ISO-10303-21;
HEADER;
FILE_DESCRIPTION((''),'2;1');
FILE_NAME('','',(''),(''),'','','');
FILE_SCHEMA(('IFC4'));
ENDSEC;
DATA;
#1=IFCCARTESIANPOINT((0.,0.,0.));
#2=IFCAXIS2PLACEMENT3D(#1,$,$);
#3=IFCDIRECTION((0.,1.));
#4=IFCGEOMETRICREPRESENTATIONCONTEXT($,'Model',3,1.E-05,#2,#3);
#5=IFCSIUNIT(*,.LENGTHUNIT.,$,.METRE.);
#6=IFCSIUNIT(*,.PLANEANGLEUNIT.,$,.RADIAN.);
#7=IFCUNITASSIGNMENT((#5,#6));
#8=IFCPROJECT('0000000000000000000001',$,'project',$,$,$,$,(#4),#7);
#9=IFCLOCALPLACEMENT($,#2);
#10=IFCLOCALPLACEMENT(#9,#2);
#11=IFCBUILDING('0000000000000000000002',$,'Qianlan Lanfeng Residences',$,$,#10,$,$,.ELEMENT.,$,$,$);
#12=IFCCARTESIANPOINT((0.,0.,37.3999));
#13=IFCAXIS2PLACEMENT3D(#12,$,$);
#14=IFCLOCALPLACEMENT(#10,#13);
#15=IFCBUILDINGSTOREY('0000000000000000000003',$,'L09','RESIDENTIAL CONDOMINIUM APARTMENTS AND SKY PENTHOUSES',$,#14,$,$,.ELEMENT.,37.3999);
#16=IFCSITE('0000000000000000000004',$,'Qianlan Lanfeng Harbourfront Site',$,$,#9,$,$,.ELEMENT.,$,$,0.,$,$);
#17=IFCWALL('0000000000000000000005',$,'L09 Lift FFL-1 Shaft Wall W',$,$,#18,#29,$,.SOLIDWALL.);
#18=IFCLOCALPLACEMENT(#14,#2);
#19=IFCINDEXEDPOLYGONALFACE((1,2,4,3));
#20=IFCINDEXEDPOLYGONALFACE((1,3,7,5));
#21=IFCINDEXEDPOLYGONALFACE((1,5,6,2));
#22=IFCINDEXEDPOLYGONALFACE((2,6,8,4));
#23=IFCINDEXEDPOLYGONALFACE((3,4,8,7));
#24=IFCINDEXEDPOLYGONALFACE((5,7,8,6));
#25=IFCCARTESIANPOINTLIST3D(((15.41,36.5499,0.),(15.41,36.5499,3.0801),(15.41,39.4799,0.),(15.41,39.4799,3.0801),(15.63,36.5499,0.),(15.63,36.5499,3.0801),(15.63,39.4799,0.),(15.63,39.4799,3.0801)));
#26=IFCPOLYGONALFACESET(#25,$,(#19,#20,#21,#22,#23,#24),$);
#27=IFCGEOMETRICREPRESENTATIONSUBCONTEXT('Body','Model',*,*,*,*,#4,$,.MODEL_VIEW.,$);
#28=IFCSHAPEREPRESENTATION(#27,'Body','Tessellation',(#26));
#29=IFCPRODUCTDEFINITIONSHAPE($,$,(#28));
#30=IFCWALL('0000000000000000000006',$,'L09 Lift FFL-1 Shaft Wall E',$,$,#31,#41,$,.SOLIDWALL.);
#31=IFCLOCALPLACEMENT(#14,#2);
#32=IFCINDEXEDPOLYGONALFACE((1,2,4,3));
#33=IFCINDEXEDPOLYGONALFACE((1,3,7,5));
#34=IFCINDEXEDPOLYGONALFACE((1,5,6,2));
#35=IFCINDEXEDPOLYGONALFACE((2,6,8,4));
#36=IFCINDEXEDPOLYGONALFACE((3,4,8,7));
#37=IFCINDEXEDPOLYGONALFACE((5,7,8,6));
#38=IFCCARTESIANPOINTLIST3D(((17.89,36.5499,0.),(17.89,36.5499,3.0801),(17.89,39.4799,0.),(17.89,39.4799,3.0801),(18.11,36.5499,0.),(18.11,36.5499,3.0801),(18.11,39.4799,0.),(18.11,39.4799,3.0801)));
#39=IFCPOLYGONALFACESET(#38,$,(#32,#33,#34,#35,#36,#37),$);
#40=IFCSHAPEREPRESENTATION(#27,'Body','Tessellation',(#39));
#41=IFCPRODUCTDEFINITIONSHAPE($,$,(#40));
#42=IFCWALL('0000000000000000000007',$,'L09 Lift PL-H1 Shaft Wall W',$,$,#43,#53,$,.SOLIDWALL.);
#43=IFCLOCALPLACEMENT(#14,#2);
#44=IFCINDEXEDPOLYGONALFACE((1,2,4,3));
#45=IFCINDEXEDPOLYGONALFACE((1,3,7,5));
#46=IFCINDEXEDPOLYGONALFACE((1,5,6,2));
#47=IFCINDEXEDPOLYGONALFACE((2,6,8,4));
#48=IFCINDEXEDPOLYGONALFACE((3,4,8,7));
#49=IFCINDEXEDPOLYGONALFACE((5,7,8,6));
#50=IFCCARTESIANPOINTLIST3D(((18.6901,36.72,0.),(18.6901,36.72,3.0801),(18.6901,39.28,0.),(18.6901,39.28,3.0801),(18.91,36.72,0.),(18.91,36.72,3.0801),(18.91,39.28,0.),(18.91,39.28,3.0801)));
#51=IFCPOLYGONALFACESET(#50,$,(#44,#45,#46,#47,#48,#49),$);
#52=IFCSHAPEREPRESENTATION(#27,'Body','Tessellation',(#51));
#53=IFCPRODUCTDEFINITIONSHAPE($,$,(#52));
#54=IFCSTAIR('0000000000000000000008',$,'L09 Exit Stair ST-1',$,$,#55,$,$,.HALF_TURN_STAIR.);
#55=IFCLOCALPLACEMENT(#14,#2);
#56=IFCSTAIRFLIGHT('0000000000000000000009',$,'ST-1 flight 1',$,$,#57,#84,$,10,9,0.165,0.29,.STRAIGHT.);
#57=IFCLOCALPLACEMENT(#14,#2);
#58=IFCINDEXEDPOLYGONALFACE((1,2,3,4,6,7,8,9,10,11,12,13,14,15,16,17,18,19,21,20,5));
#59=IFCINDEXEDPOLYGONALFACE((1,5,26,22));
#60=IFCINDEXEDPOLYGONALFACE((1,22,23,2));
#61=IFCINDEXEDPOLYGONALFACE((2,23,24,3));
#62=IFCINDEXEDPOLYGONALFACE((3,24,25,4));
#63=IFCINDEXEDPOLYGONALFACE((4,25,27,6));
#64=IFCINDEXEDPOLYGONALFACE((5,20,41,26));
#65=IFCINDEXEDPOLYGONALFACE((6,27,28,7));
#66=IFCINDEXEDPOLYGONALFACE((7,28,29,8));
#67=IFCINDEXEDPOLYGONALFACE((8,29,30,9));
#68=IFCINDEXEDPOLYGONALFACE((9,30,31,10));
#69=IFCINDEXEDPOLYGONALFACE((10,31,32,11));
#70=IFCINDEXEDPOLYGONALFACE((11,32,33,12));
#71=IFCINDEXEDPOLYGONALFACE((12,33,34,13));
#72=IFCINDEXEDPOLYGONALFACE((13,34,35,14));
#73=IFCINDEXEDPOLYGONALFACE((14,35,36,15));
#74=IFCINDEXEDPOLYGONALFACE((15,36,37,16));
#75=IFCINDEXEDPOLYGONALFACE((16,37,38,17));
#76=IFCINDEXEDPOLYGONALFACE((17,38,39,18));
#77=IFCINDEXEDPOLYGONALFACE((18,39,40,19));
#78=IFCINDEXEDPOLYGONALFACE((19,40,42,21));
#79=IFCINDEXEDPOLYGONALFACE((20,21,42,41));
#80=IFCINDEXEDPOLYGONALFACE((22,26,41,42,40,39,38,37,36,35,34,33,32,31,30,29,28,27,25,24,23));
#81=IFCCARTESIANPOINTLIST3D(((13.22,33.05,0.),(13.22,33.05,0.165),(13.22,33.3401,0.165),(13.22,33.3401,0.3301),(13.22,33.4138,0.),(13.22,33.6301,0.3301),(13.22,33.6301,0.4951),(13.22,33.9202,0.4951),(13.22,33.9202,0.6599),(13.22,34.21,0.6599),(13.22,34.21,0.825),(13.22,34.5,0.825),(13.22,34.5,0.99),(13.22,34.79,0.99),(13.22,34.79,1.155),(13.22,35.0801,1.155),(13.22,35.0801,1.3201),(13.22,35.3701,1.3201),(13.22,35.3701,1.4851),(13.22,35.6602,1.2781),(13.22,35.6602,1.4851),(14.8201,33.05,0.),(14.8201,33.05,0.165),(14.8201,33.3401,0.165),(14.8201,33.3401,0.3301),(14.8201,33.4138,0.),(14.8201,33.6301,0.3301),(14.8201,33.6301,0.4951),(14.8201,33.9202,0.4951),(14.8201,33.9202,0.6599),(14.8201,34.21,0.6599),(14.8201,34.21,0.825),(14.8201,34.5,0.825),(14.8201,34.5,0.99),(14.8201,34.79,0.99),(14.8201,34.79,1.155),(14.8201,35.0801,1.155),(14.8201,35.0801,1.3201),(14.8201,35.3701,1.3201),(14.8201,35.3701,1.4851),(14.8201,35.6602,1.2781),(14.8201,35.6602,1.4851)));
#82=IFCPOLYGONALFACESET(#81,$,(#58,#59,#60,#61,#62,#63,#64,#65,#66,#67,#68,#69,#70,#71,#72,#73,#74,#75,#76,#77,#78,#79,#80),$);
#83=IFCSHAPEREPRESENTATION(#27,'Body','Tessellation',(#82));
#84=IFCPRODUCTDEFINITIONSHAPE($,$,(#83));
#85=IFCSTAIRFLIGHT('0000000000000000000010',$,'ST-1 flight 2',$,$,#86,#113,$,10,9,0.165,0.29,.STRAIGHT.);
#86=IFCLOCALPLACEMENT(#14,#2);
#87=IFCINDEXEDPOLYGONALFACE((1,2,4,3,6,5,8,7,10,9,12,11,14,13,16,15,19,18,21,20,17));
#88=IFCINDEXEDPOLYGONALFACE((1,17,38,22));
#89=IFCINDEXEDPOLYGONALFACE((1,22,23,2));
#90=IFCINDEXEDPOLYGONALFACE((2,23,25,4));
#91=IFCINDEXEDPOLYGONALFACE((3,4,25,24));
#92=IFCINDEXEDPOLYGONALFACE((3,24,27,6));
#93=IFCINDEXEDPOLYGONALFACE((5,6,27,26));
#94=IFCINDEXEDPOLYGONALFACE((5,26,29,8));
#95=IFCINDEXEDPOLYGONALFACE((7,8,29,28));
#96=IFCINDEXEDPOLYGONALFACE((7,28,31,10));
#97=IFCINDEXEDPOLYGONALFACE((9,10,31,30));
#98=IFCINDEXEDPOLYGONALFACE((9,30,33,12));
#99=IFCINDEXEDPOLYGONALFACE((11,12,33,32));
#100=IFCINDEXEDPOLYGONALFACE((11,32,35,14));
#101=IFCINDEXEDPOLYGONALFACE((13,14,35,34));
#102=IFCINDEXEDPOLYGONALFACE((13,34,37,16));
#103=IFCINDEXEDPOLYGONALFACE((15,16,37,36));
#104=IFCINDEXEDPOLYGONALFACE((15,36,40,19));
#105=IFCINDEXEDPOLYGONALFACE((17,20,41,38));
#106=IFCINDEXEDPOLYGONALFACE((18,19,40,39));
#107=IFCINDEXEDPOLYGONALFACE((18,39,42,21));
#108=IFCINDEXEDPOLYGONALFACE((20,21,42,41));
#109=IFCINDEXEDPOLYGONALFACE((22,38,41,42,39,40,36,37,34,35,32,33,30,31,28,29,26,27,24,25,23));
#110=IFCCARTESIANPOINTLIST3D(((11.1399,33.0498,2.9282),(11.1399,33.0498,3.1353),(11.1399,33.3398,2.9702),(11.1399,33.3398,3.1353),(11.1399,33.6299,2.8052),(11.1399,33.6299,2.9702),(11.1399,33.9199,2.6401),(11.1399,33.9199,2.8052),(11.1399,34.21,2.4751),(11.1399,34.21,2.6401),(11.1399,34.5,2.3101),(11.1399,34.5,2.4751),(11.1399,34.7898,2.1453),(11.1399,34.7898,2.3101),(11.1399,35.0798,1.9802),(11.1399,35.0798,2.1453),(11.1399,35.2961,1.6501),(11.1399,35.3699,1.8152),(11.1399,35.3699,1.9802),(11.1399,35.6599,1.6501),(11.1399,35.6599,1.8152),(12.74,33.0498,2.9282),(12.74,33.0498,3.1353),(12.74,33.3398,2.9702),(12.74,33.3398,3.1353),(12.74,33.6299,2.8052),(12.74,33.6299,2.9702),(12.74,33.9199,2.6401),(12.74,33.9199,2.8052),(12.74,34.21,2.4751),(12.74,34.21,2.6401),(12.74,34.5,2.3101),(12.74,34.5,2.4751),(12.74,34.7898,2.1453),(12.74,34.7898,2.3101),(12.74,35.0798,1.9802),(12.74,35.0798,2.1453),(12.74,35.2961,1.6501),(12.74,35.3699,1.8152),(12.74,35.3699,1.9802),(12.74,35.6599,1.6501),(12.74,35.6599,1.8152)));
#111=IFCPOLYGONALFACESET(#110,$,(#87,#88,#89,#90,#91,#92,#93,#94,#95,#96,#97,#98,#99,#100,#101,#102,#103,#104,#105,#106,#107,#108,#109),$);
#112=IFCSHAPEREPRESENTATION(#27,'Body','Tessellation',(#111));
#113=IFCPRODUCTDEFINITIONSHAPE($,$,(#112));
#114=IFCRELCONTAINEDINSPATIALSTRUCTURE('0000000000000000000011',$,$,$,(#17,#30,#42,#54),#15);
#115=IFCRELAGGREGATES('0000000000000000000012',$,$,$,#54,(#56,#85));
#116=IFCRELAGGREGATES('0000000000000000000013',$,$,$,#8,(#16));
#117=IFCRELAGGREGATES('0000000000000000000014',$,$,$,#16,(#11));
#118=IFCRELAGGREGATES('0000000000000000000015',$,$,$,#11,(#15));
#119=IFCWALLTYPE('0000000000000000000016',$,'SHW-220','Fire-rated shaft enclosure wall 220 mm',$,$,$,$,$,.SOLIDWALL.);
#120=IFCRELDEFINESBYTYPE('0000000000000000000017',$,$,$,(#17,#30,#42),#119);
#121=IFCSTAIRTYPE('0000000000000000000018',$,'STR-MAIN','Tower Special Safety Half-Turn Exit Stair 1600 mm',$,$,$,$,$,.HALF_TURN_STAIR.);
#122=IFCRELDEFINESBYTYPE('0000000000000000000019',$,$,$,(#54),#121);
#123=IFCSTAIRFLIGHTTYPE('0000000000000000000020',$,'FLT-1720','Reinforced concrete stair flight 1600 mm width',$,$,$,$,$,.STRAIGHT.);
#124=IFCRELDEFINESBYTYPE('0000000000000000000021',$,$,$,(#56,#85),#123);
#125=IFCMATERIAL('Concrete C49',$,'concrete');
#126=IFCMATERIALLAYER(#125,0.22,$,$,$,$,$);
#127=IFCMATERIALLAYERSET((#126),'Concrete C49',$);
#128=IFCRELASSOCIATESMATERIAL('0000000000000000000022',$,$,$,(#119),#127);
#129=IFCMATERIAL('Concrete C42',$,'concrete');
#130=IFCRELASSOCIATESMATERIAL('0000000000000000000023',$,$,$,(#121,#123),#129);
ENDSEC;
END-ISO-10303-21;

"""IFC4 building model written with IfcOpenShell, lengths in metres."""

from ifc_helpers import new_model, si_unit, direction, frame, frame_2d, origin, place, context, subcontext, project, spatial, polyline, rectangle, outline, extrude, material, layer, layer_set, type_object, element, aggregate, save


model = new_model("IFC4")

# Units and contexts
model_context = context("Model", 3, precision=1e-05, world=origin(), true_north=direction((0.0, 1.0)))
body_context = subcontext(model_context, "Body", "Model", "MODEL_VIEW")
ifc_project = project(units=[si_unit("LENGTHUNIT", "METRE"), si_unit("PLANEANGLEUNIT", "RADIAN")], contexts=[model_context])

# Site, building, storey
site_placement = place(None, origin())
site = spatial("IfcSite", under=ifc_project, at=site_placement, Name="Qianlan Lanfeng Harbourfront Site", CompositionType="ELEMENT", RefElevation=0.0)
building_placement = place(site_placement, origin())
building = spatial("IfcBuilding", under=site, at=building_placement, Name="Qianlan Lanfeng Residences", CompositionType="ELEMENT")
storey_placement = place(building_placement, frame((0.0, 0.0, 37.3999)))
storey = spatial("IfcBuildingStorey", under=building, at=storey_placement, Name="L09", Description="RESIDENTIAL CONDOMINIUM APARTMENTS AND SKY PENTHOUSES", CompositionType="ELEMENT", Elevation=37.3999)

# Walls
ifc_material_1 = material(Name="Concrete C49", Category="concrete")
ifc_layer_1 = layer(ifc_material_1, 0.22)
ifc_layer_set_1 = layer_set([ifc_layer_1], Name="Concrete C49")
wall_type_1 = type_object("IfcWallType", Name="SHW-220", Description="Fire-rated shaft enclosure wall 220 mm", PredefinedType="SOLIDWALL", material=ifc_layer_set_1)
for number, where, z_axis, x_axis, name in (
    (1, (15.52, 36.55, 0.0), (0.0, 0.0, 1.0), (0.0, 1.0, 0.0), "L09 Lift FFL-1 Shaft Wall W"),
    (2, (18.0, 36.55, 0.0), (0.0, 0.0, 1.0), (0.0, 1.0, 0.0), "L09 Lift FFL-1 Shaft Wall E"),
):
    element("IfcWall", number, at=place(storey_placement, frame(where, z_axis=z_axis, x_axis=x_axis)), inside=storey, type_object=wall_type_1, Name=name, PredefinedType="SOLIDWALL", context=body_context, shape_type="SweptSolid", body=[
        extrude(rectangle(XDim=2.9299, YDim=0.22, at=frame_2d((1.4648, 0.0))), origin(), (0.0, 0.0, 1.0), 3.0801),
    ])
wall_1_placement = place(storey_placement, frame((18.8, 36.72, 0.0), z_axis=(0.0, 0.0, 1.0), x_axis=(0.0, 1.0, 0.0)))
element("IfcWall", 3, at=wall_1_placement, inside=storey, type_object=wall_type_1, Name="L09 Lift PL-H1 Shaft Wall W", PredefinedType="SOLIDWALL", context=body_context, shape_type="SweptSolid", body=[
    extrude(rectangle(XDim=2.5601, YDim=0.22, at=frame_2d((1.28, 0.0))), origin(), (0.0, 0.0, 1.0), 3.0801),
])

# Stair, stair flights
ifc_material_2 = material(Name="Concrete C42", Category="concrete")
stair_type = type_object("IfcStairType", Name="STR-MAIN", Description="Tower Special Safety Half-Turn Exit Stair 1600 mm", PredefinedType="HALF_TURN_STAIR", material=ifc_material_2)
stair_placement = place(storey_placement, origin())
stair = element("IfcStair", 4, at=stair_placement, inside=storey, type_object=stair_type, Name="L09 Exit Stair ST-1", PredefinedType="HALF_TURN_STAIR")
stair_flight_type = type_object("IfcStairFlightType", Name="FLT-1720", Description="Reinforced concrete stair flight 1600 mm width", PredefinedType="STRAIGHT", material=ifc_material_2)
stair_flight_1_placement = place(storey_placement, frame((14.02, 33.05, 0.0), z_axis=(0.0, 0.0, 1.0), x_axis=(0.0, 1.0, 0.0)))
stair_flight_1 = element("IfcStairFlight", 5, at=stair_flight_1_placement, type_object=stair_flight_type, Name="ST-1 flight 1", NumberOfRisers=10, NumberOfTreads=9, PredefinedType="STRAIGHT", RiserHeight=0.165, TreadLength=0.29, context=body_context, shape_type="SweptSolid", body=[
    extrude(outline(polyline([(0.0, 0.0), (0.0, 0.165), (0.29, 0.165), (0.29, 0.3301), (0.5801, 0.3301), (0.5801, 0.4951), (0.8701, 0.4951), (0.8701, 0.6599), (1.1599, 0.6599), (1.1599, 0.825), (1.45, 0.825), (1.45, 0.99), (1.74, 0.99), (1.74, 1.155), (2.03, 1.155), (2.03, 1.3201), (2.3201, 1.3201), (2.3201, 1.4851), (2.6101, 1.4851), (2.6101, 1.6499), (2.6101, 1.2781), (0.3638, 0.0), (0.0, 0.0)])), frame((0.0, 0.8, 0.0), z_axis=(0.0, -1.0, 0.0), x_axis=(1.0, 0.0, 0.0)), (0.0, 0.0, 1.0), 1.6001),
])
stair_flight_2_placement = place(storey_placement, frame((11.9399, 35.6599, 1.6501), z_axis=(0.0, 0.0, 1.0), x_axis=(0.0, -1.0, 0.0)))
stair_flight_2 = element("IfcStairFlight", 6, at=stair_flight_2_placement, type_object=stair_flight_type, Name="ST-1 flight 2", NumberOfRisers=10, NumberOfTreads=9, PredefinedType="STRAIGHT", RiserHeight=0.165, TreadLength=0.29, context=body_context, shape_type="SweptSolid", body=[
    extrude(outline(polyline([(0.0, 0.0), (0.0, 0.165), (0.29, 0.165), (0.29, 0.3301), (0.5801, 0.3301), (0.5801, 0.4951), (0.8701, 0.4951), (0.8701, 0.6599), (1.1599, 0.6599), (1.1599, 0.825), (1.45, 0.825), (1.45, 0.99), (1.74, 0.99), (1.74, 1.155), (2.03, 1.155), (2.03, 1.3201), (2.3201, 1.3201), (2.3201, 1.4851), (2.6101, 1.4851), (2.6101, 1.6499), (2.6101, 1.2781), (0.3638, 0.0), (0.0, 0.0)])), frame((0.0, 0.8, 0.0), z_axis=(0.0, -1.0, 0.0), x_axis=(1.0, 0.0, 0.0)), (0.0, 0.0, 1.0), 1.6001),
])
aggregate(stair, [stair_flight_1, stair_flight_2])

save(model, "model.ifc")
